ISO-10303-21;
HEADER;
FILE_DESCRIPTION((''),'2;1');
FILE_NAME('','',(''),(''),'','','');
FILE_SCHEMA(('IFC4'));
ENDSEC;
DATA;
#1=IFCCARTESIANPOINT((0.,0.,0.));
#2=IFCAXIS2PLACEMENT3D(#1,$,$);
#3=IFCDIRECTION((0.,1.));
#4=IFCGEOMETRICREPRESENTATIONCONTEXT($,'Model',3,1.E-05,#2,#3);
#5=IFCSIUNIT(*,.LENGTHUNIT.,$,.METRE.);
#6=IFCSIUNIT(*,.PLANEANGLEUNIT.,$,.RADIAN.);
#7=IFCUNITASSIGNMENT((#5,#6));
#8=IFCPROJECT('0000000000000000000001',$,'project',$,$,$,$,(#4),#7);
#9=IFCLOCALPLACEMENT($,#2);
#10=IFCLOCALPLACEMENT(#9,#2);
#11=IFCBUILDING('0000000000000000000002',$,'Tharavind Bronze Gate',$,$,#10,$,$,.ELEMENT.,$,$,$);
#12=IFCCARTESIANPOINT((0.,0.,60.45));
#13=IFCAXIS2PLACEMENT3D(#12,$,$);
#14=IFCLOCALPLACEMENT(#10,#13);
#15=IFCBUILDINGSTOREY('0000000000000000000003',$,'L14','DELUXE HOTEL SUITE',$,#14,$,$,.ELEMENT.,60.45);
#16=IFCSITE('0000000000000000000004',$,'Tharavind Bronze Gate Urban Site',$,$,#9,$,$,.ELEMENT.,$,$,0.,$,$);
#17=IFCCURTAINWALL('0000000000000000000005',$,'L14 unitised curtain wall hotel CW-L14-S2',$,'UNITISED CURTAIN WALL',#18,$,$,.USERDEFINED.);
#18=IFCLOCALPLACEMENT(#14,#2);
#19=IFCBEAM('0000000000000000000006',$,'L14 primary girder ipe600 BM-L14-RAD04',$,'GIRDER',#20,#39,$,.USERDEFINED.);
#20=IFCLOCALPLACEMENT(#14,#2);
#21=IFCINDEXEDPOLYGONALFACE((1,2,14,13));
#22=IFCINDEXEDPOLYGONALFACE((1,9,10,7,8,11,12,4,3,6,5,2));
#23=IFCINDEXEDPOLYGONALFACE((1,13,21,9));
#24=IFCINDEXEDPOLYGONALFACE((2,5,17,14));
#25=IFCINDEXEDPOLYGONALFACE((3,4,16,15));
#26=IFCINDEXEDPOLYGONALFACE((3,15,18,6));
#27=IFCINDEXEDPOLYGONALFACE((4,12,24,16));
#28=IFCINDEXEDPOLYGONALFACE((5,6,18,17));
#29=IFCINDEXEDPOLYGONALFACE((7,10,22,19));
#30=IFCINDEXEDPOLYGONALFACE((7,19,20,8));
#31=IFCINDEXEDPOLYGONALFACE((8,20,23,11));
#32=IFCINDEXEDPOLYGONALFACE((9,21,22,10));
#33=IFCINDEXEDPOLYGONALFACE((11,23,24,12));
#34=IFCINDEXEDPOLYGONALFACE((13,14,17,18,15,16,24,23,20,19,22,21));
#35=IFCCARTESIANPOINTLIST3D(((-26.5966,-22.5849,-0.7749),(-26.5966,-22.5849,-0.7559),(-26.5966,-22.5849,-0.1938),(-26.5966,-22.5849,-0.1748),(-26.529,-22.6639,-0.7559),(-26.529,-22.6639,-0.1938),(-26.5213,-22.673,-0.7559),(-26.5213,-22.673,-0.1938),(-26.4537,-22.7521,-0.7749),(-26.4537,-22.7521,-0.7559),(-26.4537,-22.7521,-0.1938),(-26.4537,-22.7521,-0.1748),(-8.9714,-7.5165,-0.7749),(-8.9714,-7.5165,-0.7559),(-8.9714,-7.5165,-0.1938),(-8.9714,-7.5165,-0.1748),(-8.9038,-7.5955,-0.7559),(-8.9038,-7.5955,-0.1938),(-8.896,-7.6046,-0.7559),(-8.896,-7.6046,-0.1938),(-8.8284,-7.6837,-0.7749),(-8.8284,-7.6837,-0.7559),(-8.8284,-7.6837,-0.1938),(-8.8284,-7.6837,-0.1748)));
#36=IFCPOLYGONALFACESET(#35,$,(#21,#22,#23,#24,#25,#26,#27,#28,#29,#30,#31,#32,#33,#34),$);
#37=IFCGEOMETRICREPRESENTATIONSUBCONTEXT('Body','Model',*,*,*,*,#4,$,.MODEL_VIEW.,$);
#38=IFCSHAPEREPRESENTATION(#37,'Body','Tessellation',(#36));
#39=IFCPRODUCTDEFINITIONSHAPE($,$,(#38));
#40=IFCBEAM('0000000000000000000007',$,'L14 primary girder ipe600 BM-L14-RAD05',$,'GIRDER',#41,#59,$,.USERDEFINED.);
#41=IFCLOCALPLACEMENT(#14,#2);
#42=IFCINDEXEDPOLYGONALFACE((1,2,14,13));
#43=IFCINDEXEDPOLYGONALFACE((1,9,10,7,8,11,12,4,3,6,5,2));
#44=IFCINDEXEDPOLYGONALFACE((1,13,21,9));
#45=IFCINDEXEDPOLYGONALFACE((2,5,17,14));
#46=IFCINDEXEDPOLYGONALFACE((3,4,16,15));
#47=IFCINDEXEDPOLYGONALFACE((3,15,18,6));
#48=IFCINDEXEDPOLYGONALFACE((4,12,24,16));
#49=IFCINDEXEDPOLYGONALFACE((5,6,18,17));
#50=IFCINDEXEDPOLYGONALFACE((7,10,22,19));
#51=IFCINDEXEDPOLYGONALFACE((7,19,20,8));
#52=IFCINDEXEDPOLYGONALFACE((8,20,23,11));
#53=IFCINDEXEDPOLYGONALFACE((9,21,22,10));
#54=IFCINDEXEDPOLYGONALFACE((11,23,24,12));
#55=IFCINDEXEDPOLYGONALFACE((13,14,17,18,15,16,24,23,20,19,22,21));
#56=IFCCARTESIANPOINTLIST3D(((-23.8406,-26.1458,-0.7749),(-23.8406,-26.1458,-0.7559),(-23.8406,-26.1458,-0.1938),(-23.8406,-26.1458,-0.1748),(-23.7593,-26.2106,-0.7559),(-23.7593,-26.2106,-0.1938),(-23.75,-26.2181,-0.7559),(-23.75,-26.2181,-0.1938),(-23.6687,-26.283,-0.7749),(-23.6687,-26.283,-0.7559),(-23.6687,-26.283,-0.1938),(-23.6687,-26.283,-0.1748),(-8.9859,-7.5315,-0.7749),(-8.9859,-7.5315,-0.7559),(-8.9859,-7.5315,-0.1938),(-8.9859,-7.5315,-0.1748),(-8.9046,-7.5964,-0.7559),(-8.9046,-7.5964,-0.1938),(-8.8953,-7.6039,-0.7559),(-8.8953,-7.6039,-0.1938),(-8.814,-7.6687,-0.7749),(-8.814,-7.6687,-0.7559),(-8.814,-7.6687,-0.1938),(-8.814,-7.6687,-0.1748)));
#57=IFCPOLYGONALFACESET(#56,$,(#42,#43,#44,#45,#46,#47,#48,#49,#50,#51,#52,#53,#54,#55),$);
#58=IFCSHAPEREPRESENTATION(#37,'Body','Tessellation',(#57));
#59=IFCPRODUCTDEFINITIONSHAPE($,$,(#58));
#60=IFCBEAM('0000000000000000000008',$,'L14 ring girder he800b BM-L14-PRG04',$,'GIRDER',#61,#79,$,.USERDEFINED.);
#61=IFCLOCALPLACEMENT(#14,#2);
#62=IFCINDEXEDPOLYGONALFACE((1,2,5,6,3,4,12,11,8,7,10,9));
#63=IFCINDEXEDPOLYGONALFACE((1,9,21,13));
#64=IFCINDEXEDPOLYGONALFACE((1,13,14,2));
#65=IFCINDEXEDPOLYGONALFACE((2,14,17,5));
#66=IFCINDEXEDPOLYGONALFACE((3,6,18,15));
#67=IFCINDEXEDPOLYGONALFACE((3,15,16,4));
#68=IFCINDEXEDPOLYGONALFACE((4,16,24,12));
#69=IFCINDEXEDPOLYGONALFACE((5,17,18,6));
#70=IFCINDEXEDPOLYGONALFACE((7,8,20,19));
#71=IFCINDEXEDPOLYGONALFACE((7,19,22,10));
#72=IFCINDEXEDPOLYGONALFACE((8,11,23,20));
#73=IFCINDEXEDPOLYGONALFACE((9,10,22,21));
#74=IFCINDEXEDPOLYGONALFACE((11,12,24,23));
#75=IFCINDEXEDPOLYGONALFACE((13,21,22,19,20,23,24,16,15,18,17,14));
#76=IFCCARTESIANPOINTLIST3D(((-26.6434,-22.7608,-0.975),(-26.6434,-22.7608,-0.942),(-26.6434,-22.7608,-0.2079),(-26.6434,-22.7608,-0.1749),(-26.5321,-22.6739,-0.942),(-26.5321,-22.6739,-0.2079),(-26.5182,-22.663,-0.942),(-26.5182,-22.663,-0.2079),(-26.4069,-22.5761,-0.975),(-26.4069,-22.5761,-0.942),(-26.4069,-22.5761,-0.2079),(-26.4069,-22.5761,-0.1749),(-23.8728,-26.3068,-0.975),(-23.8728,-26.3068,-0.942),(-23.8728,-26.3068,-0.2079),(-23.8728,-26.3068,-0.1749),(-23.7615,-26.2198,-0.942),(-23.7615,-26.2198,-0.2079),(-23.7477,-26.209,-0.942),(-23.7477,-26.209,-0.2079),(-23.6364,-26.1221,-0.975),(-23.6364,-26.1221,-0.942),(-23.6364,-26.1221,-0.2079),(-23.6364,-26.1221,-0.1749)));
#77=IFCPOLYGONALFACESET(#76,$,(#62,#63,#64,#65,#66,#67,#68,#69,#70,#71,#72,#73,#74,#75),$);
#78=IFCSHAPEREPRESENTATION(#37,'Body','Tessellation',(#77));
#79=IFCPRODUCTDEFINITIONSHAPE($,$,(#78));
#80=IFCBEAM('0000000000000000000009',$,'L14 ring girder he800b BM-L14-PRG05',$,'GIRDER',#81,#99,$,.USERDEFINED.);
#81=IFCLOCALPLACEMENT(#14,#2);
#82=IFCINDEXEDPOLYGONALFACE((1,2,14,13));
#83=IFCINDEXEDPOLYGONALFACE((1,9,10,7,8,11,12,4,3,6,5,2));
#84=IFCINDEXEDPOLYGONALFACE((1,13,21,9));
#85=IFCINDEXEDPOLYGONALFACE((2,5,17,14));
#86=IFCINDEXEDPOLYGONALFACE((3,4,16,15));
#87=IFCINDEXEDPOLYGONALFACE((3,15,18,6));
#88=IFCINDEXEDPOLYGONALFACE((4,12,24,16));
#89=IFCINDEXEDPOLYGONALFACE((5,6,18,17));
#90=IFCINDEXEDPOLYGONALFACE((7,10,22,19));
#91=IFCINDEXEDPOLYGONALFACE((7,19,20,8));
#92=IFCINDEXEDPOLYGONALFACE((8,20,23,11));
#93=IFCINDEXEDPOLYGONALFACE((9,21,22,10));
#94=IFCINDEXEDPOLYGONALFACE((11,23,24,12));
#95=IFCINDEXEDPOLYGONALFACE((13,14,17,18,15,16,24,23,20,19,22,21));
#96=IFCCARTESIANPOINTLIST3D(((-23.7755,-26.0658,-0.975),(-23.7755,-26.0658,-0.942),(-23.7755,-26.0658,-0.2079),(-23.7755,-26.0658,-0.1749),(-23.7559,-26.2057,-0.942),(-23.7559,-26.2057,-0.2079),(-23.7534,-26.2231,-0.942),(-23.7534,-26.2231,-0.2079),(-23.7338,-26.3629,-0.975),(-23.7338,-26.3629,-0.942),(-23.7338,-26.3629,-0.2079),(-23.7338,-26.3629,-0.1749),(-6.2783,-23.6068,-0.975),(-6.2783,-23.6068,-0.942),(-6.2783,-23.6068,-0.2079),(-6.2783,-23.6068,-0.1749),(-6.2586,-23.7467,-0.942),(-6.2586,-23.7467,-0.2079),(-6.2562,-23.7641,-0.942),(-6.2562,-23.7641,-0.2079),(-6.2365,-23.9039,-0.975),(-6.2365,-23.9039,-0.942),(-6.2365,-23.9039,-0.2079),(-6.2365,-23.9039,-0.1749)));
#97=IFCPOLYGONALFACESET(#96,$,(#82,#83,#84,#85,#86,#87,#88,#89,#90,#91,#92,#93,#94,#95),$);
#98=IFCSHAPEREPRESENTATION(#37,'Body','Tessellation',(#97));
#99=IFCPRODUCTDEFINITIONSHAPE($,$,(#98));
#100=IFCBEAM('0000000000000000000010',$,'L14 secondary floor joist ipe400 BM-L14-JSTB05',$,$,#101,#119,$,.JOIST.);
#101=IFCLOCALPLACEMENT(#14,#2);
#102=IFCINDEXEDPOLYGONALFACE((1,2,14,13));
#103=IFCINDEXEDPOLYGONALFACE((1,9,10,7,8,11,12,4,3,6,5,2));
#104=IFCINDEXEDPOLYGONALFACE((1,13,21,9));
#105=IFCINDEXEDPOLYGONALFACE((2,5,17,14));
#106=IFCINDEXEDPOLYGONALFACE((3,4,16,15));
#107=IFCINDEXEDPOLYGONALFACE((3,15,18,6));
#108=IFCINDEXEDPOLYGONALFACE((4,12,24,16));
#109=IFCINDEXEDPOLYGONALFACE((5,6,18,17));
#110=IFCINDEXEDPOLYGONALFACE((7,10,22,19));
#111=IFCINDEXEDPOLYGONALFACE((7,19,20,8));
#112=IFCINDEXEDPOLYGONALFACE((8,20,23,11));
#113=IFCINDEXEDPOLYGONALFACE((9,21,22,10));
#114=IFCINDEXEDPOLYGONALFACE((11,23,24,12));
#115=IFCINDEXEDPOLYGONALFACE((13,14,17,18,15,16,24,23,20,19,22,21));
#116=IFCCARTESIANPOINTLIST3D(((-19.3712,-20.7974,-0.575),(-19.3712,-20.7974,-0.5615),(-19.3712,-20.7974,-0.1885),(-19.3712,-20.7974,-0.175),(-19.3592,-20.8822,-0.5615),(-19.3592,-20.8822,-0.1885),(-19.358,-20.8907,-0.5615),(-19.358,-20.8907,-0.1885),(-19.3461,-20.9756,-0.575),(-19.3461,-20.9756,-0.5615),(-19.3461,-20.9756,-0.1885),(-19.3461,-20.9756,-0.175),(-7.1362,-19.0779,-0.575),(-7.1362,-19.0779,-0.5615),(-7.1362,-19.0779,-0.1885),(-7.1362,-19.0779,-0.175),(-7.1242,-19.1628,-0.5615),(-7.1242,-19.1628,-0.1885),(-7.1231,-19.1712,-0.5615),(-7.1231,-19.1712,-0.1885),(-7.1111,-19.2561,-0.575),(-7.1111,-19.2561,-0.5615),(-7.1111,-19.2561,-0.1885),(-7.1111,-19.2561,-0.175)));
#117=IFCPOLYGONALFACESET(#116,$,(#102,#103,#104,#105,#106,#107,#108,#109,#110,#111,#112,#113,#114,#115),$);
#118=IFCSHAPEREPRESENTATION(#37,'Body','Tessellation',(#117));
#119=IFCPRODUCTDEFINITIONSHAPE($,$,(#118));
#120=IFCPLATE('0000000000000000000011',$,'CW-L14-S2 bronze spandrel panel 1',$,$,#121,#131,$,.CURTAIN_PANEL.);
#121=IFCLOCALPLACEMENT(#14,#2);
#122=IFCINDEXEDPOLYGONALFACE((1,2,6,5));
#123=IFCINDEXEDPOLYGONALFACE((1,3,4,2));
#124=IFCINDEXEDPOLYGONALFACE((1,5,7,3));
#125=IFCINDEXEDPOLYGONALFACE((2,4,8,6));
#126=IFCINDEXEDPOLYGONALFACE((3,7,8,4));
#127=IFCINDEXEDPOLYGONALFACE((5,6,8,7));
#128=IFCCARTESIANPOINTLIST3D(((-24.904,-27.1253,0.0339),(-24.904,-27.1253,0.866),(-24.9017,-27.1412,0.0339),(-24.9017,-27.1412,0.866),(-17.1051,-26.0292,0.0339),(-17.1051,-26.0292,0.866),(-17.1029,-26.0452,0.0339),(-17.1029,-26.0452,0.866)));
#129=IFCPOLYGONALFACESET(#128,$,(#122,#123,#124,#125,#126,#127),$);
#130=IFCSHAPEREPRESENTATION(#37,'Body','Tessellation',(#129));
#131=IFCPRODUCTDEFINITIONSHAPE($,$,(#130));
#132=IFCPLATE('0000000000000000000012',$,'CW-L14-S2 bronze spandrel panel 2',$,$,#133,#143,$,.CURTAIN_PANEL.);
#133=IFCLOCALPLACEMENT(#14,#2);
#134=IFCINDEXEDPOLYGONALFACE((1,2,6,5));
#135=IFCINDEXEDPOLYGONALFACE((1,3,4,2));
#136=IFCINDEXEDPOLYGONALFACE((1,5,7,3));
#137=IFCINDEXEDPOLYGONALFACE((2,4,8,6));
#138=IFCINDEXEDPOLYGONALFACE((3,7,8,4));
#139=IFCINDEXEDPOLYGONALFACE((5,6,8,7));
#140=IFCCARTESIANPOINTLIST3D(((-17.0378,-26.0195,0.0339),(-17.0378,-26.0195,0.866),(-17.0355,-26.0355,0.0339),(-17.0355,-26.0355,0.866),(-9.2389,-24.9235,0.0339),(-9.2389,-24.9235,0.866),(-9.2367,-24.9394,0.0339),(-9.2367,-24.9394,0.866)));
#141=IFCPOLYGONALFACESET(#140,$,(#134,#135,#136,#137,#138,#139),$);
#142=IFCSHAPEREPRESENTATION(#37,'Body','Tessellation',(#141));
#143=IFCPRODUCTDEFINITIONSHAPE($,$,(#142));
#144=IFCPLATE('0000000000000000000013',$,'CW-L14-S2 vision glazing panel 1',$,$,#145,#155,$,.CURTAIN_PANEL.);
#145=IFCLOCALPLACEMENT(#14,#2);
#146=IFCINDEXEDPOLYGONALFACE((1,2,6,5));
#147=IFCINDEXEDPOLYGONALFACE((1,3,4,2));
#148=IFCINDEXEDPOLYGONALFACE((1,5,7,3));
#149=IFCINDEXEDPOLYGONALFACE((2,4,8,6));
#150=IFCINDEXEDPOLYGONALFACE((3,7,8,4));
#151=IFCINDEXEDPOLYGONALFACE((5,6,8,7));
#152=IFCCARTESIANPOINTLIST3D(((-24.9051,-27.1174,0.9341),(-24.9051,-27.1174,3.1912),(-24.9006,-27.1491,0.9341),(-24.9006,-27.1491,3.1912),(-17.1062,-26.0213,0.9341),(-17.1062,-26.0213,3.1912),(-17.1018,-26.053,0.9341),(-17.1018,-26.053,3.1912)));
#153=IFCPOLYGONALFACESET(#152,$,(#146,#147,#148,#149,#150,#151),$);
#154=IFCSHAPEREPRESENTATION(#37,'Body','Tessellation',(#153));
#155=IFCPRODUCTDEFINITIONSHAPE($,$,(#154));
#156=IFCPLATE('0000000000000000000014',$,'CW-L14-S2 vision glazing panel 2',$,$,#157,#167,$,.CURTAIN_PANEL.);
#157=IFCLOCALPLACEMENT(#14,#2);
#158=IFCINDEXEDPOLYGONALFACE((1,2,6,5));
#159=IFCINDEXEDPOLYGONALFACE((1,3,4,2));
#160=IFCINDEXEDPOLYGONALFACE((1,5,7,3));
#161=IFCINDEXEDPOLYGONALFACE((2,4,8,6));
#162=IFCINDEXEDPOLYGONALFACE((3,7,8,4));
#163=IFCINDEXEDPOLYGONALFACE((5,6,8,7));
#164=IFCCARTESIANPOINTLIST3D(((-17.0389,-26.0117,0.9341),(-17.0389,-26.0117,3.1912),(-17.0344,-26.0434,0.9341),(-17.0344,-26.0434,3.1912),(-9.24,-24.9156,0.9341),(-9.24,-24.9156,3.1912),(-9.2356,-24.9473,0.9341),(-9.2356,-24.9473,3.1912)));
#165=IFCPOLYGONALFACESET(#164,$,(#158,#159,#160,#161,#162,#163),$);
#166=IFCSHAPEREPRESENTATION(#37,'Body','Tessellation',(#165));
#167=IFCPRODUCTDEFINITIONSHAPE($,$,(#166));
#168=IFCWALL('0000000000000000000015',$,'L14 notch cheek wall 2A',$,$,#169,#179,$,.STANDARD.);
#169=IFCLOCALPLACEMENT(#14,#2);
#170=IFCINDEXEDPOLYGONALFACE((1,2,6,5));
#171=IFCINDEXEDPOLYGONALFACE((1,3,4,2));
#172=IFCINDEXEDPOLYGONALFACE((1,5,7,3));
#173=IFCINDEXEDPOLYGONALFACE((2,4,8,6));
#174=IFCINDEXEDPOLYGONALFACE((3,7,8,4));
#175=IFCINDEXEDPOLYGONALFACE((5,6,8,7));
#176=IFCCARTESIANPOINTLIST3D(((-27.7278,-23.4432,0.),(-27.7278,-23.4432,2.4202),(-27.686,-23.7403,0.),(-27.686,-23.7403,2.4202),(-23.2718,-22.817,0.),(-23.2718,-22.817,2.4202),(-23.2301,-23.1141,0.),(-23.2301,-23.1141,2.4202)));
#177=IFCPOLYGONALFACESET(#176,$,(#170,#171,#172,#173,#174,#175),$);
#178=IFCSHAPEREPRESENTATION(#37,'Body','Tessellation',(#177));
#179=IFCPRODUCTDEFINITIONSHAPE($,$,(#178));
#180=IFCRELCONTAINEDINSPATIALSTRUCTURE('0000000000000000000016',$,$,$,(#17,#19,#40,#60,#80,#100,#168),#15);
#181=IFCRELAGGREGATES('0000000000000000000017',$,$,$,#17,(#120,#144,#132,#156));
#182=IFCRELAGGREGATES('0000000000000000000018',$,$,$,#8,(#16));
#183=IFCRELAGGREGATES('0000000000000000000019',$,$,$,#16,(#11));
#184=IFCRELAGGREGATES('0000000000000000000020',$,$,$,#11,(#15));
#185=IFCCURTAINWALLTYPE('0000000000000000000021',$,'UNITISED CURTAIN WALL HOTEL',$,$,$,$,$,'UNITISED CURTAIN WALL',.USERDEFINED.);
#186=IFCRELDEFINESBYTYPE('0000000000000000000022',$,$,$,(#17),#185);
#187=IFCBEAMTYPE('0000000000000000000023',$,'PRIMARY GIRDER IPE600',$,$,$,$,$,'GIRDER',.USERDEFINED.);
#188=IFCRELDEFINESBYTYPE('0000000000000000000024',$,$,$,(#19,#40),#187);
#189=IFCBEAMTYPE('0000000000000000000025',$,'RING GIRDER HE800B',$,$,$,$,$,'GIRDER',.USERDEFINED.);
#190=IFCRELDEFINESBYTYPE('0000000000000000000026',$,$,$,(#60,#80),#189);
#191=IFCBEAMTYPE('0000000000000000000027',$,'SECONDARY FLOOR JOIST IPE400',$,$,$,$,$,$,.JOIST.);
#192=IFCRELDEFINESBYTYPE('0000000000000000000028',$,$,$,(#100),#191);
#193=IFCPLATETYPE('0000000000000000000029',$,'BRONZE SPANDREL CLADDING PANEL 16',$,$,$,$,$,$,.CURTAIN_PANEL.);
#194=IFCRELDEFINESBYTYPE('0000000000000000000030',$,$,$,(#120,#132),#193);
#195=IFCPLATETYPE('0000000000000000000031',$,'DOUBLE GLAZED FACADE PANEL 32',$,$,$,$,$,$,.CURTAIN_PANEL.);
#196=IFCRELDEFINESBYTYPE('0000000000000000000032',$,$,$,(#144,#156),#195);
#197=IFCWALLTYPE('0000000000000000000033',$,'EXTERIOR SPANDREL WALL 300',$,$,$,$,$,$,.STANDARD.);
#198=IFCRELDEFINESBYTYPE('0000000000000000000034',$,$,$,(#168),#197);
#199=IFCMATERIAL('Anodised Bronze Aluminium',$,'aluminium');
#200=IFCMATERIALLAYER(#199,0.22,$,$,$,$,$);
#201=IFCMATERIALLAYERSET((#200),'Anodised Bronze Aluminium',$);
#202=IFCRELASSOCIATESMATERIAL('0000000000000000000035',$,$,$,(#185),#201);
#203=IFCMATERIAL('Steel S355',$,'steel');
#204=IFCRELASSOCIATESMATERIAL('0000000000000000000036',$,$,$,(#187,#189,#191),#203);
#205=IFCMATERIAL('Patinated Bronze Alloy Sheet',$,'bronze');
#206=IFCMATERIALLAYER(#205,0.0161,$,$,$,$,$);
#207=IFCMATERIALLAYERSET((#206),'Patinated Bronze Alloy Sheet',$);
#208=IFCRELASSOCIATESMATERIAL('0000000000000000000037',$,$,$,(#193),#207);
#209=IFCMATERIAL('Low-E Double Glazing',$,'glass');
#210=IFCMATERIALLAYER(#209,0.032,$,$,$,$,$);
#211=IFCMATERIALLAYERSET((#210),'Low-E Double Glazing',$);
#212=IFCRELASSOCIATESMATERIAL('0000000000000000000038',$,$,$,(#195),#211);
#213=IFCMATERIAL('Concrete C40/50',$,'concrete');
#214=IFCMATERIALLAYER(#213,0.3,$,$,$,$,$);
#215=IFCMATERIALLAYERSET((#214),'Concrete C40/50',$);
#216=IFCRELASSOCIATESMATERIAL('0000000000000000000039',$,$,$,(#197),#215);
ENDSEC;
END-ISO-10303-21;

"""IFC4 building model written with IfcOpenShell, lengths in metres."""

from ifc_helpers import new_model, si_unit, direction, frame, frame_2d, origin, origin_2d, place, context, subcontext, project, spatial, rectangle, i_section, extrude, material, layer, layer_set, material_profile, profile_set, type_object, element, aggregate, save


model = new_model("IFC4")

# Units and contexts
model_context = context("Model", 3, precision=1e-05, world=origin(), true_north=direction((0.0, 1.0)))
body_context = subcontext(model_context, "Body", "Model", "MODEL_VIEW")
ifc_project = project(units=[si_unit("LENGTHUNIT", "METRE"), si_unit("PLANEANGLEUNIT", "RADIAN")], contexts=[model_context])

# Site, building, storey
site_placement = place(None, origin())
site = spatial("IfcSite", under=ifc_project, at=site_placement, Name="Tharavind Bronze Gate Urban Site", CompositionType="ELEMENT", RefElevation=0.0)
building_placement = place(site_placement, origin())
building = spatial("IfcBuilding", under=site, at=building_placement, Name="Tharavind Bronze Gate", CompositionType="ELEMENT")
storey_placement = place(building_placement, frame((0.0, 0.0, 60.45)))
storey = spatial("IfcBuildingStorey", under=building, at=storey_placement, Name="L14", Description="DELUXE HOTEL SUITE", CompositionType="ELEMENT", Elevation=60.45)

# Shared definitions
ifc_material_1 = material(Name="Anodised Bronze Aluminium", Category="aluminium")
ifc_layer_1 = layer(ifc_material_1, 0.22)
ifc_layer_set_1 = layer_set([ifc_layer_1], Name="Anodised Bronze Aluminium")
curtain_wall_type = type_object("IfcCurtainWallType", Name="UNITISED CURTAIN WALL HOTEL", ElementType="UNITISED CURTAIN WALL", PredefinedType="USERDEFINED", material=ifc_layer_set_1)

# Curtain wall
curtain_wall_1_placement = place(storey_placement, origin())
curtain_wall_1 = element("IfcCurtainWall", 1, at=curtain_wall_1_placement, inside=storey, type_object=curtain_wall_type, Name="L14 unitised curtain wall hotel CW-L14-S2", ObjectType="UNITISED CURTAIN WALL", PredefinedType="USERDEFINED")

# Beams
ifc_material_2 = material(Name="Steel S355", Category="steel")
ifc_material_profile_1 = material_profile(ifc_material_2, i_section(OverallWidth=0.22, OverallDepth=0.6001, WebThickness=0.012, FlangeThickness=0.019, at=origin_2d()), Name="IPE600")
ifc_profile_set_1 = profile_set([ifc_material_profile_1], Name="Steel S355")
beam_type_1 = type_object("IfcBeamType", Name="PRIMARY GIRDER IPE600", ElementType="GIRDER", PredefinedType="USERDEFINED", material=ifc_profile_set_1)
beam_1_placement = place(storey_placement, frame((-26.5251, -22.6685, -0.4749), z_axis=(0.760087, 0.649821, 0.0), x_axis=(-0.649821, 0.760087, 0.0)))
element("IfcBeam", 2, at=beam_1_placement, inside=storey, type_object=beam_type_1, Name="L14 primary girder ipe600 BM-L14-RAD04", ObjectType="GIRDER", PredefinedType="USERDEFINED", context=body_context, shape_type="SweptSolid", body=[
    extrude(i_section(OverallWidth=0.22, OverallDepth=0.6001, WebThickness=0.012, FlangeThickness=0.019, at=origin_2d()), origin(), (0.0, 0.0, 1.0), 23.1885),
])
beam_2_placement = place(storey_placement, frame((-23.7546, -26.2144, -0.4749), z_axis=(0.623756, 0.781619, 0.0), x_axis=(-0.781619, 0.623756, 0.0)))
element("IfcBeam", 3, at=beam_2_placement, inside=storey, type_object=beam_type_1, Name="L14 primary girder ipe600 BM-L14-RAD05", ObjectType="GIRDER", PredefinedType="USERDEFINED", context=body_context, shape_type="SweptSolid", body=[
    extrude(i_section(OverallWidth=0.22, OverallDepth=0.6001, WebThickness=0.012, FlangeThickness=0.019, at=origin_2d()), origin(), (0.0, 0.0, 1.0), 23.8149),
])
ifc_material_profile_2 = material_profile(ifc_material_2, i_section(OverallWidth=0.3, OverallDepth=0.8, WebThickness=0.0176, FlangeThickness=0.033, at=origin_2d()), Name="HE800B")
ifc_profile_set_2 = profile_set([ifc_material_profile_2], Name="Steel S355")
beam_type_2 = type_object("IfcBeamType", Name="RING GIRDER HE800B", ElementType="GIRDER", PredefinedType="USERDEFINED", material=ifc_profile_set_2)
beam_3_placement = place(storey_placement, frame((-26.5251, -22.6685, -0.575), z_axis=(0.615682, -0.787995, 0.0), x_axis=(0.787995, 0.615682, 0.0)))
element("IfcBeam", 4, at=beam_3_placement, inside=storey, type_object=beam_type_2, Name="L14 ring girder he800b BM-L14-PRG04", ObjectType="GIRDER", PredefinedType="USERDEFINED", context=body_context, shape_type="SweptSolid", body=[
    extrude(i_section(OverallWidth=0.3, OverallDepth=0.8, WebThickness=0.0176, FlangeThickness=0.033, at=origin_2d()), origin(), (0.0, 0.0, 1.0), 4.5),
])
beam_4_placement = place(storey_placement, frame((-23.7546, -26.2144, -0.575), z_axis=(0.990269, 0.139167, 0.0), x_axis=(-0.139167, 0.990269, 0.0)))
element("IfcBeam", 5, at=beam_4_placement, inside=storey, type_object=beam_type_2, Name="L14 ring girder he800b BM-L14-PRG05", ObjectType="GIRDER", PredefinedType="USERDEFINED", context=body_context, shape_type="SweptSolid", body=[
    extrude(i_section(OverallWidth=0.3, OverallDepth=0.8, WebThickness=0.0176, FlangeThickness=0.033, at=origin_2d()), origin(), (0.0, 0.0, 1.0), 17.6692),
])
ifc_material_profile_3 = material_profile(ifc_material_2, i_section(OverallWidth=0.1799, OverallDepth=0.3999, WebThickness=0.0085, FlangeThickness=0.0134, at=origin_2d()), Name="IPE400")
ifc_profile_set_3 = profile_set([ifc_material_profile_3], Name="Steel S355")
beam_type_3 = type_object("IfcBeamType", Name="SECONDARY FLOOR JOIST IPE400", PredefinedType="JOIST", material=ifc_profile_set_3)
beam_5_placement = place(storey_placement, frame((-19.3586, -20.8865, -0.375), z_axis=(0.990269, 0.139169, 0.0), x_axis=(-0.139169, 0.990269, 0.0)))
element("IfcBeam", 6, at=beam_5_placement, inside=storey, type_object=beam_type_3, Name="L14 secondary floor joist ipe400 BM-L14-JSTB05", PredefinedType="JOIST", context=body_context, shape_type="SweptSolid", body=[
    extrude(i_section(OverallWidth=0.1799, OverallDepth=0.3999, WebThickness=0.0085, FlangeThickness=0.0134, at=origin_2d()), origin(), (0.0, 0.0, 1.0), 12.3552),
])

# Plates
ifc_material_3 = material(Name="Patinated Bronze Alloy Sheet", Category="bronze")
ifc_layer_2 = layer(ifc_material_3, 0.0161)
ifc_layer_set_2 = layer_set([ifc_layer_2], Name="Patinated Bronze Alloy Sheet")
plate_type_1 = type_object("IfcPlateType", Name="BRONZE SPANDREL CLADDING PANEL 16", PredefinedType="CURTAIN_PANEL", material=ifc_layer_set_2)
plate_1_placement = place(storey_placement, frame((-21.0034, -26.5852, 0.0339), z_axis=(0.0, 0.0, 1.0), x_axis=(0.990268, 0.139173, 0.0)))
plate_1 = element("IfcPlate", 7, at=plate_1_placement, type_object=plate_type_1, Name="CW-L14-S2 bronze spandrel panel 1", PredefinedType="CURTAIN_PANEL", context=body_context, shape_type="SweptSolid", body=[
    extrude(rectangle(XDim=7.8755, YDim=0.0161, at=origin_2d()), origin(), (0.0, 0.0, 1.0), 0.832),
])
plate_2_placement = place(storey_placement, frame((-13.1372, -25.4795, 0.0339), z_axis=(0.0, 0.0, 1.0), x_axis=(0.990268, 0.139173, 0.0)))
plate_2 = element("IfcPlate", 8, at=plate_2_placement, type_object=plate_type_1, Name="CW-L14-S2 bronze spandrel panel 2", PredefinedType="CURTAIN_PANEL", context=body_context, shape_type="SweptSolid", body=[
    extrude(rectangle(XDim=7.8755, YDim=0.0161, at=origin_2d()), origin(), (0.0, 0.0, 1.0), 0.832),
])
ifc_material_4 = material(Name="Low-E Double Glazing", Category="glass")
ifc_layer_3 = layer(ifc_material_4, 0.032)
ifc_layer_set_3 = layer_set([ifc_layer_3], Name="Low-E Double Glazing")
plate_type_2 = type_object("IfcPlateType", Name="DOUBLE GLAZED FACADE PANEL 32", PredefinedType="CURTAIN_PANEL", material=ifc_layer_set_3)
plate_3_placement = place(storey_placement, frame((-21.0034, -26.5852, 0.9341), z_axis=(0.0, 0.0, 1.0), x_axis=(0.990268, 0.139173, 0.0)))
plate_3 = element("IfcPlate", 9, at=plate_3_placement, type_object=plate_type_2, Name="CW-L14-S2 vision glazing panel 1", PredefinedType="CURTAIN_PANEL", context=body_context, shape_type="SweptSolid", body=[
    extrude(rectangle(XDim=7.8755, YDim=0.032, at=origin_2d()), origin(), (0.0, 0.0, 1.0), 2.2571),
])
plate_4_placement = place(storey_placement, frame((-13.1372, -25.4795, 0.9341), z_axis=(0.0, 0.0, 1.0), x_axis=(0.990268, 0.139173, 0.0)))
plate_4 = element("IfcPlate", 10, at=plate_4_placement, type_object=plate_type_2, Name="CW-L14-S2 vision glazing panel 2", PredefinedType="CURTAIN_PANEL", context=body_context, shape_type="SweptSolid", body=[
    extrude(rectangle(XDim=7.8755, YDim=0.032, at=origin_2d()), origin(), (0.0, 0.0, 1.0), 2.2571),
])
aggregate(curtain_wall_1, [plate_1, plate_3, plate_2, plate_4])

# Wall
ifc_material_5 = material(Name="Concrete C40/50", Category="concrete")
ifc_layer_4 = layer(ifc_material_5, 0.3)
ifc_layer_set_4 = layer_set([ifc_layer_4], Name="Concrete C40/50")
wall_type = type_object("IfcWallType", Name="EXTERIOR SPANDREL WALL 300", PredefinedType="STANDARD", material=ifc_layer_set_4)
wall_1_placement = place(storey_placement, frame((-27.707, -23.5918, 0.0), z_axis=(0.0, 0.0, 1.0), x_axis=(0.990269, 0.139165, 0.0)))
element("IfcWall", 11, at=wall_1_placement, inside=storey, type_object=wall_type, Name="L14 notch cheek wall 2A", PredefinedType="STANDARD", context=body_context, shape_type="SweptSolid", body=[
    extrude(rectangle(XDim=4.4998, YDim=0.3, at=frame_2d((2.25, 0.0))), origin(), (0.0, 0.0, 1.0), 2.4202),
])

save(model, "model.ifc")
